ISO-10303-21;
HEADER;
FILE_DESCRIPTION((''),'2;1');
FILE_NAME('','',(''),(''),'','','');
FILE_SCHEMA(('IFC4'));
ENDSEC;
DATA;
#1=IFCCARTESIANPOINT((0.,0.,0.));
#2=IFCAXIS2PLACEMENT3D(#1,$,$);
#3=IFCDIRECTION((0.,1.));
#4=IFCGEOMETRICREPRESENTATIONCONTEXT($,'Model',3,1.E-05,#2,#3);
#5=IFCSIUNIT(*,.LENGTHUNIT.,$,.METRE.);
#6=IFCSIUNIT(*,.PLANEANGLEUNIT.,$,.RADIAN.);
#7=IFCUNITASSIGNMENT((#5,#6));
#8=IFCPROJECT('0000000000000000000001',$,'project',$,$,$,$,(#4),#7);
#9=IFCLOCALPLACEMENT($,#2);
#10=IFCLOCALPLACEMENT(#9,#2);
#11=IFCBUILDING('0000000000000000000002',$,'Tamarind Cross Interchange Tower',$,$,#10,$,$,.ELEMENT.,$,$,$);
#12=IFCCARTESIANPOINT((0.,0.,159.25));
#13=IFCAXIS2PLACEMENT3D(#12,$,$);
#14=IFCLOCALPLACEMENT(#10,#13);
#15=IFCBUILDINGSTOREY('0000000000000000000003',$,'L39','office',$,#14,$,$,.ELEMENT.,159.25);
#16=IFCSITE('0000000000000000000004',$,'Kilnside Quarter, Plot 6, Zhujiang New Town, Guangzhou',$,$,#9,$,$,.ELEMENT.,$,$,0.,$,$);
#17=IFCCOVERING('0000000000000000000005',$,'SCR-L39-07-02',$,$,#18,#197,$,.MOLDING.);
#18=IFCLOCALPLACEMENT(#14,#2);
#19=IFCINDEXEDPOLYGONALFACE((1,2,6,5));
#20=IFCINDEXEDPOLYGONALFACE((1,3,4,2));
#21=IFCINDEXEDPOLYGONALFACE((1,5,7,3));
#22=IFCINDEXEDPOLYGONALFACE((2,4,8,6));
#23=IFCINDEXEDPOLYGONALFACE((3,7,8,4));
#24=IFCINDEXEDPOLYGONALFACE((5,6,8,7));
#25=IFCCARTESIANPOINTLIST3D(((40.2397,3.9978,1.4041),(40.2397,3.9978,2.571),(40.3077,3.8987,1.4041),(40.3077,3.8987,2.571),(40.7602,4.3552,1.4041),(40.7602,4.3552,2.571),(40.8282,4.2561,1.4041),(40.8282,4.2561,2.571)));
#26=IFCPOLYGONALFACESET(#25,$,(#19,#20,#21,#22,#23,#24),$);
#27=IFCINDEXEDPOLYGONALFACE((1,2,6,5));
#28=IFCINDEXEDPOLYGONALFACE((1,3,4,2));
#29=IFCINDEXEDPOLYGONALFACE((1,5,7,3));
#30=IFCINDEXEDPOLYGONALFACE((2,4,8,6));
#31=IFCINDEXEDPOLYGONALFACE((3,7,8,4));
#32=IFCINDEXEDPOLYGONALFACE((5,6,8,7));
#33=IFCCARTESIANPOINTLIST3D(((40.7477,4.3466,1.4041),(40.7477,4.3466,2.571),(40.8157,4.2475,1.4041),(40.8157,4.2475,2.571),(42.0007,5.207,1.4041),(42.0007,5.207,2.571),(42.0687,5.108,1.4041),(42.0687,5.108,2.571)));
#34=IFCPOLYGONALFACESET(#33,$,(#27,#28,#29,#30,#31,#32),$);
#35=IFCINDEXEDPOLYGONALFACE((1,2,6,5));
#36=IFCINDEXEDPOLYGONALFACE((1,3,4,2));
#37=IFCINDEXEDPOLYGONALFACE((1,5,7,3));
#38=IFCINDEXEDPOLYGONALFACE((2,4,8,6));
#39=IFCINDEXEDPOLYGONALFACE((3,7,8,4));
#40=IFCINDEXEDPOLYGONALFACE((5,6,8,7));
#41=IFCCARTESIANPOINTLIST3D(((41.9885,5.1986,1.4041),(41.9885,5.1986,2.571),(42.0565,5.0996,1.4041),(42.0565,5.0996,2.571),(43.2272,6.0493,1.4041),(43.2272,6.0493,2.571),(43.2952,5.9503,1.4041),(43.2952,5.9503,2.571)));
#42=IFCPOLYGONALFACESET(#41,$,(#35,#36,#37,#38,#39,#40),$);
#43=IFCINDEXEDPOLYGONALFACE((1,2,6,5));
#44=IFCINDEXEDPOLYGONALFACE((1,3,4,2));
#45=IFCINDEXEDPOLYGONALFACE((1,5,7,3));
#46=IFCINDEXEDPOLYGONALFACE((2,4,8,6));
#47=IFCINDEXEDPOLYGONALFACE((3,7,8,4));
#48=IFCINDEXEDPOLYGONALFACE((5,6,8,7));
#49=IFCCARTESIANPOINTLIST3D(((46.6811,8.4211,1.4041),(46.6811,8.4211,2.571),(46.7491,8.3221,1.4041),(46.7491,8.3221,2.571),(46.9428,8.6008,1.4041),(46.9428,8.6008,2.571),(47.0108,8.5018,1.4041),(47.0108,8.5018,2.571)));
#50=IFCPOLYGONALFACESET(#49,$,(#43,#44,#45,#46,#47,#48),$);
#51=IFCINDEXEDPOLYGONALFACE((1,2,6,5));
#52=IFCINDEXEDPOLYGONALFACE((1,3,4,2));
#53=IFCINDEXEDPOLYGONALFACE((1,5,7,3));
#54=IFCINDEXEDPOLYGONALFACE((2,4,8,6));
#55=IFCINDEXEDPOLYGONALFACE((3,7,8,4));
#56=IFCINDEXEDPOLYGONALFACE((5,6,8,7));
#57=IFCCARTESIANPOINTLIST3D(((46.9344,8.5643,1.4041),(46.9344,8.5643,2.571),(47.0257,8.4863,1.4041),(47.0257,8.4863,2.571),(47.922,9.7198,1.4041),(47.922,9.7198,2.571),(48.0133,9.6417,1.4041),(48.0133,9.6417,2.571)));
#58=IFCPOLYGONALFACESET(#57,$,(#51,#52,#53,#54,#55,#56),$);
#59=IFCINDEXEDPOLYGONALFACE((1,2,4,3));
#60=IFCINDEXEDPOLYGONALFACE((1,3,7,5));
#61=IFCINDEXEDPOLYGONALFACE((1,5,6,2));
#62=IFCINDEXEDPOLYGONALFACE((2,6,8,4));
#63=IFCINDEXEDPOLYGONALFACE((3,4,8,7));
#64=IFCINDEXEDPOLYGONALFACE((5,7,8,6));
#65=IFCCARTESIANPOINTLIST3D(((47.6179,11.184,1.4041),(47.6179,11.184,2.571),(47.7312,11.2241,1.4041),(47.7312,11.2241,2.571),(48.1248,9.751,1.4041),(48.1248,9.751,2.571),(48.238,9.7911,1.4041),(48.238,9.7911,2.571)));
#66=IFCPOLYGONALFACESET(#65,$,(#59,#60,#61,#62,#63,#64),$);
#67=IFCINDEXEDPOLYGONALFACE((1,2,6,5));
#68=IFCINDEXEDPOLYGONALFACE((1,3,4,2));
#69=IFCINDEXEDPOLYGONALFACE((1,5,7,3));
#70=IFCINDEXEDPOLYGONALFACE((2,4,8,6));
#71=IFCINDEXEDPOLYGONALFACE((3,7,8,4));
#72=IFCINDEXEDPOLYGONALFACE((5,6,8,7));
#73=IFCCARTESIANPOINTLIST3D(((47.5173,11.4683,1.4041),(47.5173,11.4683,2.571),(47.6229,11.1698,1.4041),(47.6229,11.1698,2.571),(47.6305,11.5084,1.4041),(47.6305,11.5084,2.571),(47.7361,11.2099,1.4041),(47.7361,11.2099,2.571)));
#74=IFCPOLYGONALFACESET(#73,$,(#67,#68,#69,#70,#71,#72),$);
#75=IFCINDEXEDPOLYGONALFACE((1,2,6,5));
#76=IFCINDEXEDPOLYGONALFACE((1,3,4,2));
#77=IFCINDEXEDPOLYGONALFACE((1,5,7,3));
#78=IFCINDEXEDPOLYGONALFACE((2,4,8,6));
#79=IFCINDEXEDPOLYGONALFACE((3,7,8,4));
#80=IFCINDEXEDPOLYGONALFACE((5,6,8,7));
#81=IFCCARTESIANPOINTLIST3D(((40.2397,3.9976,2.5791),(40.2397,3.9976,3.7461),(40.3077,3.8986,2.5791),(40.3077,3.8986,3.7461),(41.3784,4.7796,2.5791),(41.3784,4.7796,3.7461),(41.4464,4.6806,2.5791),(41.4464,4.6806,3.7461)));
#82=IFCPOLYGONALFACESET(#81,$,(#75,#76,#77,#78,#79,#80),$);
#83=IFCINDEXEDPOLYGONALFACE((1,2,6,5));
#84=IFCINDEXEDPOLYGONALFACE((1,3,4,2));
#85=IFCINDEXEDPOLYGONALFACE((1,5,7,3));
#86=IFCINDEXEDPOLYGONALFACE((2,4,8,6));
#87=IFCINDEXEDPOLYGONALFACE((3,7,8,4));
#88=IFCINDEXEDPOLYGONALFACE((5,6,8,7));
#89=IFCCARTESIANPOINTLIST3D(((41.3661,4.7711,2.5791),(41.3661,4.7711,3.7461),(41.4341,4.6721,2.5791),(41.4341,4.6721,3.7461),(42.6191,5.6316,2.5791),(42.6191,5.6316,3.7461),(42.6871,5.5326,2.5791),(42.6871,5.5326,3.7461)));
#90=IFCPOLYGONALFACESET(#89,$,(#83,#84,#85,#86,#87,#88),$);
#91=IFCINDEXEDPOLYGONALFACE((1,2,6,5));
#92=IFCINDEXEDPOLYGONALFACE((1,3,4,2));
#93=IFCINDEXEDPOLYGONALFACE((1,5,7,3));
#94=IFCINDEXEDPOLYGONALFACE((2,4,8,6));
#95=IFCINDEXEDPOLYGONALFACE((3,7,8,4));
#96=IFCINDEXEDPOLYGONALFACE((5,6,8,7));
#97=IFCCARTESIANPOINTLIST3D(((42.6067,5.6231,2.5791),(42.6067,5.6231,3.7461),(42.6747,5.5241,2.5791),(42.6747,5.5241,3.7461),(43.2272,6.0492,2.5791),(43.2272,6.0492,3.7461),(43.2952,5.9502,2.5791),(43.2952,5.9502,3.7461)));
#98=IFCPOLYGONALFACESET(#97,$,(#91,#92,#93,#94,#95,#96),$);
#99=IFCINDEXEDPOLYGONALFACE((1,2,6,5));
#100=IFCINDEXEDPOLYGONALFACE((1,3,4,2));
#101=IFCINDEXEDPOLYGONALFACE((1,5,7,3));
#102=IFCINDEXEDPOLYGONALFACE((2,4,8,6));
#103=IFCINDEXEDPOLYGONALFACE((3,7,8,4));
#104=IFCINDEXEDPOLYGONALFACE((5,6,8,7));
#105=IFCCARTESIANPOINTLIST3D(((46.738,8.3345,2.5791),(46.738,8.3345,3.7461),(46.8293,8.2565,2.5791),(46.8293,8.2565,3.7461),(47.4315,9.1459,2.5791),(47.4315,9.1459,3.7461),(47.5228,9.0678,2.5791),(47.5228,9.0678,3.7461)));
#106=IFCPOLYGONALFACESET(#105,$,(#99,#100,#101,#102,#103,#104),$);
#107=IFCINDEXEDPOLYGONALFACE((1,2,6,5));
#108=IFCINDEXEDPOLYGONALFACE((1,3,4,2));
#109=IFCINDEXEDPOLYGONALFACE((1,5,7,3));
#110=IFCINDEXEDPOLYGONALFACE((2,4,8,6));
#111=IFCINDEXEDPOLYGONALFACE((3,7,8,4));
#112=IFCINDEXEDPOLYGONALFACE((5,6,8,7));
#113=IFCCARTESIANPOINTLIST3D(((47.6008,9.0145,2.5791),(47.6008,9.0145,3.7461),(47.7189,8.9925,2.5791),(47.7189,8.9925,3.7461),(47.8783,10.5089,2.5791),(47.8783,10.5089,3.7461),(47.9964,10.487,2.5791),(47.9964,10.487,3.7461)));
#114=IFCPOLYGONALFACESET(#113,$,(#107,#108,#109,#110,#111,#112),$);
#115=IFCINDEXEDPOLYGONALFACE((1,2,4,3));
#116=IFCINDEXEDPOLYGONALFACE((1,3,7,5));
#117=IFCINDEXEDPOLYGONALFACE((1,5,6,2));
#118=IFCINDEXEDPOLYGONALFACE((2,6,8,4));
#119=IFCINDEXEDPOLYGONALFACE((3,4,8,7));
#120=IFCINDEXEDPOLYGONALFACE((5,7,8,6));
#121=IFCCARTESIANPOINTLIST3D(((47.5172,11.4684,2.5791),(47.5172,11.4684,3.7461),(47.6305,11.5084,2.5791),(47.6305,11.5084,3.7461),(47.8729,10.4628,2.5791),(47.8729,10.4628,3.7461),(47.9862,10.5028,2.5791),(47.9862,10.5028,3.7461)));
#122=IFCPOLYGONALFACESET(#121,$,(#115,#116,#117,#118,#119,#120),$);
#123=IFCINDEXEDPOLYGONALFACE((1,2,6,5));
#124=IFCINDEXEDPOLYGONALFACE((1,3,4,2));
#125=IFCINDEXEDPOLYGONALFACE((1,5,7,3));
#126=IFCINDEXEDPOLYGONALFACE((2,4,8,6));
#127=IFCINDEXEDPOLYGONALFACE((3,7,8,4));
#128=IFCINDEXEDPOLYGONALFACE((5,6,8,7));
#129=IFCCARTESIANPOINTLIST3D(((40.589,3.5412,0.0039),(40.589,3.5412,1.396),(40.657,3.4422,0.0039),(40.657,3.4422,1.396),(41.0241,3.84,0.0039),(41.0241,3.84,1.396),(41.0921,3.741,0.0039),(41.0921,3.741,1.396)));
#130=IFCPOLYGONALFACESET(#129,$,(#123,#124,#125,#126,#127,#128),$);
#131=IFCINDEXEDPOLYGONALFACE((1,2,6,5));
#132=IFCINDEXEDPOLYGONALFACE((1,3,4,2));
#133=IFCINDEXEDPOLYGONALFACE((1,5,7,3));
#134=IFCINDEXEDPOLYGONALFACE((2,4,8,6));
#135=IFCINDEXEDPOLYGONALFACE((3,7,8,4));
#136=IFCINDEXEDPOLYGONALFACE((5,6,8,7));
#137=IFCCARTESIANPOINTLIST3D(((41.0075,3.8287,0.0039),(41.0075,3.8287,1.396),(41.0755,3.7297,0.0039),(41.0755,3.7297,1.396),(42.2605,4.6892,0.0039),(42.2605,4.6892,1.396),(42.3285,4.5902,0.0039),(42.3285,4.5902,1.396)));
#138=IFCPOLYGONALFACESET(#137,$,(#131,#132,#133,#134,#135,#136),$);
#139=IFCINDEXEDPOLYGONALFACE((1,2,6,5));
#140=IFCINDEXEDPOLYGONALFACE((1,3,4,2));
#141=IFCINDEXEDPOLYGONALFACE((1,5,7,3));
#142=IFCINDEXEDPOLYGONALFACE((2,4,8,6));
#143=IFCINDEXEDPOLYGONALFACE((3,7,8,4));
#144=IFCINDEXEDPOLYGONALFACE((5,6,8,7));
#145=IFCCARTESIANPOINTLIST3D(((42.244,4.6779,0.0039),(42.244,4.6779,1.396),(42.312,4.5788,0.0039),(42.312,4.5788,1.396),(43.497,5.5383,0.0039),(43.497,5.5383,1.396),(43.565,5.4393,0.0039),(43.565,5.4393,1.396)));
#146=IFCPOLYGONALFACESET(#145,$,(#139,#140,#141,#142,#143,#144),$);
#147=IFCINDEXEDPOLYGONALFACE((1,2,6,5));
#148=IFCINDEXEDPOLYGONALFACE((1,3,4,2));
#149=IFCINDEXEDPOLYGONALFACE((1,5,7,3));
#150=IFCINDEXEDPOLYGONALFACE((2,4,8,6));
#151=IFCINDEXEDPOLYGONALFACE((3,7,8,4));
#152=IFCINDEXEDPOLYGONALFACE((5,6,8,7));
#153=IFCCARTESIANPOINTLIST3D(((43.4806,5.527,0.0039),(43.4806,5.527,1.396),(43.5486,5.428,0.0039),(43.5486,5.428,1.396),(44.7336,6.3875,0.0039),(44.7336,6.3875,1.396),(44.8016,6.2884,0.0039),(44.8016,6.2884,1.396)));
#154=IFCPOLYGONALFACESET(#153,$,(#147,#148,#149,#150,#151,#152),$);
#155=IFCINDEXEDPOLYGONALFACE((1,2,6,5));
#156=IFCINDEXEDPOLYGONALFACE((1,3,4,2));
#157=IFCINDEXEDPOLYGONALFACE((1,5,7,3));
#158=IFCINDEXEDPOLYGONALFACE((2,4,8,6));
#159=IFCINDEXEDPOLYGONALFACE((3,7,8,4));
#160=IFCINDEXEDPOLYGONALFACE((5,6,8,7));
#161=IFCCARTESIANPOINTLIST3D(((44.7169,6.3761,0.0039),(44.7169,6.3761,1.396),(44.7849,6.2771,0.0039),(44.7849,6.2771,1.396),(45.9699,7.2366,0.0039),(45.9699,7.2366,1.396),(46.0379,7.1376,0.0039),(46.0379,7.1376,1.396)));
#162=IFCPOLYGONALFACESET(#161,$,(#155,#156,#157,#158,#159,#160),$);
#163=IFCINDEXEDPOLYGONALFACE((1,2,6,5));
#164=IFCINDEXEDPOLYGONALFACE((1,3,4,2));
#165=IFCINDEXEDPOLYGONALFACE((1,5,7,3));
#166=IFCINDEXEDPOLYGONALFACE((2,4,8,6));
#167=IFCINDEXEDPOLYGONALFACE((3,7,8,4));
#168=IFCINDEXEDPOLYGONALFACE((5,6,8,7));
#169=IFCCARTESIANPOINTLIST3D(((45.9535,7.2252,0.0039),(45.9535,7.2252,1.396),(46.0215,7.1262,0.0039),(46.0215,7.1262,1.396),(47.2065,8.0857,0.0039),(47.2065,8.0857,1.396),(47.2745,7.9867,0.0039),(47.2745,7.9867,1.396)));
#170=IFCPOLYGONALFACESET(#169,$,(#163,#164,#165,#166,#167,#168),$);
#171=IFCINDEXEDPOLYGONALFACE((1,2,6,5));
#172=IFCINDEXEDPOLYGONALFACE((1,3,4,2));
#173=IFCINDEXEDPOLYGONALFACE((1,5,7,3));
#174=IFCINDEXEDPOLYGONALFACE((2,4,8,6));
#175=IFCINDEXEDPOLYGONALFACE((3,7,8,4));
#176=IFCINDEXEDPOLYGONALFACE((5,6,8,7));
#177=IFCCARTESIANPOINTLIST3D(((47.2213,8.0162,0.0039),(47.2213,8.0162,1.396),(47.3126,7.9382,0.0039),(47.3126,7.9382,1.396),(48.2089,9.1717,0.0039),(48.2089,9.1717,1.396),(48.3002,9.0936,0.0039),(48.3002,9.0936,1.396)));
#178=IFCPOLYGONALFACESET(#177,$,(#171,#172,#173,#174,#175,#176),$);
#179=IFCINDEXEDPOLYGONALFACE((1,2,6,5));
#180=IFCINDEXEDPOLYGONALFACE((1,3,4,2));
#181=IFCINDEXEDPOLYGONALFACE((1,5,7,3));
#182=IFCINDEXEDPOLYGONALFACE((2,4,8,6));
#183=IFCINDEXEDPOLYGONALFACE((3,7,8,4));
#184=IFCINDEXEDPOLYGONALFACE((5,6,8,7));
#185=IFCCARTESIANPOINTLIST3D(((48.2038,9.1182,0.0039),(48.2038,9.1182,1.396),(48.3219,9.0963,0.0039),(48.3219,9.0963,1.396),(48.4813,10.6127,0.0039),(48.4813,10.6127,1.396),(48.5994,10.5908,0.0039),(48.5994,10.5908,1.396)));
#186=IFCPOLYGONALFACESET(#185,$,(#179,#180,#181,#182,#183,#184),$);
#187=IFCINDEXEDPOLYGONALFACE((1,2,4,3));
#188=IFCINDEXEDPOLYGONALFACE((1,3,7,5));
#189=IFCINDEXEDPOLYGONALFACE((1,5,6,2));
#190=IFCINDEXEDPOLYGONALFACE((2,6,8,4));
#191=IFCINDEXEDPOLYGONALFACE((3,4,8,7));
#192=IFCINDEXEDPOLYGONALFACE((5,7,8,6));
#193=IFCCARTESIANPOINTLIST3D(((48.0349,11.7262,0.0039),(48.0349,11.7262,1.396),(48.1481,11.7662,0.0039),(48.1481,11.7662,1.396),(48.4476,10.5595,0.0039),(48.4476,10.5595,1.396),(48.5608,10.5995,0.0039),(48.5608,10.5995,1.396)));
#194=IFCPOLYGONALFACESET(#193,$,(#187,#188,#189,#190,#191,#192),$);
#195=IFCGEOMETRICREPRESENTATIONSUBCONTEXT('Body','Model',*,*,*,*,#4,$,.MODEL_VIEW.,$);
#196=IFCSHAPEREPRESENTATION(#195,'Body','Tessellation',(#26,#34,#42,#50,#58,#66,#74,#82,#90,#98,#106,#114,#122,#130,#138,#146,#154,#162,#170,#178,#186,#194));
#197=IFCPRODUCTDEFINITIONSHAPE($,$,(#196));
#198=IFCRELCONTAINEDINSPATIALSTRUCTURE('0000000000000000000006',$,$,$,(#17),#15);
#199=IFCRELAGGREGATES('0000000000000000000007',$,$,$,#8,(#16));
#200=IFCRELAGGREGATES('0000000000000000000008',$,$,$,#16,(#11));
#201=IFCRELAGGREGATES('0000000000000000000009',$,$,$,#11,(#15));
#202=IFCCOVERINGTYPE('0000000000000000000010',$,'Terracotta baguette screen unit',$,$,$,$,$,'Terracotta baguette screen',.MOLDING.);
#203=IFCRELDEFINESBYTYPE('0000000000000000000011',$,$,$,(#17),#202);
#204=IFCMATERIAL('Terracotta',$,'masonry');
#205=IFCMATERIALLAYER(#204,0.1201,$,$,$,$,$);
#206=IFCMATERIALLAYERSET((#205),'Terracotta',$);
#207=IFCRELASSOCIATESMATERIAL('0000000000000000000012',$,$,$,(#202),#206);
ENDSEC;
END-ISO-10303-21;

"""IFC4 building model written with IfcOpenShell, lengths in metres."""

from ifc_helpers import new_model, si_unit, direction, frame, origin, origin_2d, place, context, subcontext, project, spatial, rectangle, extrude, material, layer, layer_set, type_object, element, save


model = new_model("IFC4")

# Units and contexts
model_context = context("Model", 3, precision=1e-05, world=origin(), true_north=direction((0.0, 1.0)))
body_context = subcontext(model_context, "Body", "Model", "MODEL_VIEW")
ifc_project = project(units=[si_unit("LENGTHUNIT", "METRE"), si_unit("PLANEANGLEUNIT", "RADIAN")], contexts=[model_context])

# Site, building, storey
site_placement = place(None, origin())
site = spatial("IfcSite", under=ifc_project, at=site_placement, Name="Kilnside Quarter, Plot 6, Zhujiang New Town, Guangzhou", CompositionType="ELEMENT", RefElevation=0.0)
building_placement = place(site_placement, origin())
building = spatial("IfcBuilding", under=site, at=building_placement, Name="Tamarind Cross Interchange Tower", CompositionType="ELEMENT")
storey_placement = place(building_placement, frame((0.0, 0.0, 159.25)))
storey = spatial("IfcBuildingStorey", under=building, at=storey_placement, Name="L39", Description="office", CompositionType="ELEMENT", Elevation=159.25)

# Covering
ifc_material_1 = material(Name="Terracotta", Category="masonry")
ifc_layer_1 = layer(ifc_material_1, 0.1201)
ifc_layer_set_1 = layer_set([ifc_layer_1], Name="Terracotta")
covering_type = type_object("IfcCoveringType", Name="Terracotta baguette screen unit", ElementType="Terracotta baguette screen", PredefinedType="MOLDING", material=ifc_layer_set_1)
covering_1_placement = place(storey_placement, origin())
element("IfcCovering", 1, at=covering_1_placement, inside=storey, type_object=covering_type, Name="SCR-L39-07-02", PredefinedType="MOLDING", context=body_context, shape_type="SweptSolid", body=[
    extrude(rectangle(XDim=0.6313, YDim=0.1201, at=origin_2d()), frame((40.5339, 4.127, 1.4041), z_axis=(0.0, 0.0, 1.0), x_axis=(0.82434, 0.566096, 0.0)), (0.0, 0.0, 1.0), 1.167),
    extrude(rectangle(XDim=1.52, YDim=0.1201, at=origin_2d()), frame((41.4082, 4.7273, 1.4041), z_axis=(0.0, 0.0, 1.0), x_axis=(0.82434, 0.566096, 0.0)), (0.0, 0.0, 1.0), 1.167),
    extrude(rectangle(XDim=1.5027, YDim=0.1201, at=origin_2d()), frame((42.6418, 5.5745, 1.4041), z_axis=(0.0, 0.0, 1.0), x_axis=(0.82434, 0.566096, 0.0)), (0.0, 0.0, 1.0), 1.167),
    extrude(rectangle(XDim=0.3174, YDim=0.1201, at=origin_2d()), frame((46.8459, 8.4614, 1.4041), z_axis=(0.0, 0.0, 1.0), x_axis=(0.82434, 0.566096, 0.0)), (0.0, 0.0, 1.0), 1.167),
    extrude(rectangle(XDim=1.52, YDim=0.1201, at=origin_2d()), frame((47.4739, 9.103, 1.4041), z_axis=(0.0, 0.0, 1.0), x_axis=(0.649735, 0.760161, 0.0)), (0.0, 0.0, 1.0), 1.167),
    extrude(rectangle(XDim=1.52, YDim=0.1201, at=origin_2d()), frame((47.928, 10.4875, 1.4041), z_axis=(0.0, 0.0, 1.0), x_axis=(-0.333451, 0.942767, 0.0)), (0.0, 0.0, 1.0), 1.167),
    extrude(rectangle(XDim=0.3167, YDim=0.1201, at=origin_2d()), frame((47.6267, 11.3391, 1.4041), z_axis=(0.0, 0.0, 1.0), x_axis=(-0.333451, 0.942767, 0.0)), (0.0, 0.0, 1.0), 1.167),
    extrude(rectangle(XDim=1.3813, YDim=0.1201, at=origin_2d()), frame((40.843, 4.3391, 2.5791), z_axis=(0.0, 0.0, 1.0), x_axis=(0.82434, 0.566096, 0.0)), (0.0, 0.0, 1.0), 1.167),
    extrude(rectangle(XDim=1.52, YDim=0.1201, at=origin_2d()), frame((42.0266, 5.1519, 2.5791), z_axis=(0.0, 0.0, 1.0), x_axis=(0.82434, 0.566096, 0.0)), (0.0, 0.0, 1.0), 1.167),
    extrude(rectangle(XDim=0.7527, YDim=0.1201, at=origin_2d()), frame((42.9509, 5.7866, 2.5791), z_axis=(0.0, 0.0, 1.0), x_axis=(0.82434, 0.566096, 0.0)), (0.0, 0.0, 1.0), 1.167),
    extrude(rectangle(XDim=1.0674, YDim=0.1201, at=origin_2d()), frame((47.1304, 8.7012, 2.5791), z_axis=(0.0, 0.0, 1.0), x_axis=(0.649735, 0.760161, 0.0)), (0.0, 0.0, 1.0), 1.167),
    extrude(rectangle(XDim=1.52, YDim=0.1201, at=origin_2d()), frame((47.7986, 9.7507, 2.5791), z_axis=(0.0, 0.0, 1.0), x_axis=(0.182606, 0.983186, 0.0)), (0.0, 0.0, 1.0), 1.167),
    extrude(rectangle(XDim=1.0667, YDim=0.1201, at=origin_2d()), frame((47.7517, 10.9856, 2.5791), z_axis=(0.0, 0.0, 1.0), x_axis=(-0.333451, 0.942767, 0.0)), (0.0, 0.0, 1.0), 1.167),
    extrude(rectangle(XDim=0.5278, YDim=0.1201, at=origin_2d()), frame((40.8406, 3.6411, 0.0039), z_axis=(0.0, 0.0, 1.0), x_axis=(0.82434, 0.566096, 0.0)), (0.0, 0.0, 1.0), 1.3921),
    extrude(rectangle(XDim=1.52, YDim=0.1201, at=origin_2d()), frame((41.668, 4.2095, 0.0039), z_axis=(0.0, 0.0, 1.0), x_axis=(0.82434, 0.566096, 0.0)), (0.0, 0.0, 1.0), 1.3921),
    extrude(rectangle(XDim=1.52, YDim=0.1201, at=origin_2d()), frame((42.9045, 5.0586, 0.0039), z_axis=(0.0, 0.0, 1.0), x_axis=(0.82434, 0.566096, 0.0)), (0.0, 0.0, 1.0), 1.3921),
    extrude(rectangle(XDim=1.52, YDim=0.1201, at=origin_2d()), frame((44.1411, 5.9077, 0.0039), z_axis=(0.0, 0.0, 1.0), x_axis=(0.82434, 0.566096, 0.0)), (0.0, 0.0, 1.0), 1.3921),
    extrude(rectangle(XDim=1.52, YDim=0.1201, at=origin_2d()), frame((45.3774, 6.7568, 0.0039), z_axis=(0.0, 0.0, 1.0), x_axis=(0.82434, 0.566096, 0.0)), (0.0, 0.0, 1.0), 1.3921),
    extrude(rectangle(XDim=1.52, YDim=0.1201, at=origin_2d()), frame((46.614, 7.606, 0.0039), z_axis=(0.0, 0.0, 1.0), x_axis=(0.82434, 0.566096, 0.0)), (0.0, 0.0, 1.0), 1.3921),
    extrude(rectangle(XDim=1.52, YDim=0.1201, at=origin_2d()), frame((47.7607, 8.5549, 0.0039), z_axis=(0.0, 0.0, 1.0), x_axis=(0.649735, 0.760161, 0.0)), (0.0, 0.0, 1.0), 1.3921),
    extrude(rectangle(XDim=1.52, YDim=0.1201, at=origin_2d()), frame((48.4016, 9.8545, 0.0039), z_axis=(0.0, 0.0, 1.0), x_axis=(0.182606, 0.983186, 0.0)), (0.0, 0.0, 1.0), 1.3921),
    extrude(rectangle(XDim=1.2375, YDim=0.1201, at=origin_2d()), frame((48.2979, 11.1628, 0.0039), z_axis=(0.0, 0.0, 1.0), x_axis=(-0.333451, 0.942767, 0.0)), (0.0, 0.0, 1.0), 1.3921),
])

save(model, "model.ifc")
